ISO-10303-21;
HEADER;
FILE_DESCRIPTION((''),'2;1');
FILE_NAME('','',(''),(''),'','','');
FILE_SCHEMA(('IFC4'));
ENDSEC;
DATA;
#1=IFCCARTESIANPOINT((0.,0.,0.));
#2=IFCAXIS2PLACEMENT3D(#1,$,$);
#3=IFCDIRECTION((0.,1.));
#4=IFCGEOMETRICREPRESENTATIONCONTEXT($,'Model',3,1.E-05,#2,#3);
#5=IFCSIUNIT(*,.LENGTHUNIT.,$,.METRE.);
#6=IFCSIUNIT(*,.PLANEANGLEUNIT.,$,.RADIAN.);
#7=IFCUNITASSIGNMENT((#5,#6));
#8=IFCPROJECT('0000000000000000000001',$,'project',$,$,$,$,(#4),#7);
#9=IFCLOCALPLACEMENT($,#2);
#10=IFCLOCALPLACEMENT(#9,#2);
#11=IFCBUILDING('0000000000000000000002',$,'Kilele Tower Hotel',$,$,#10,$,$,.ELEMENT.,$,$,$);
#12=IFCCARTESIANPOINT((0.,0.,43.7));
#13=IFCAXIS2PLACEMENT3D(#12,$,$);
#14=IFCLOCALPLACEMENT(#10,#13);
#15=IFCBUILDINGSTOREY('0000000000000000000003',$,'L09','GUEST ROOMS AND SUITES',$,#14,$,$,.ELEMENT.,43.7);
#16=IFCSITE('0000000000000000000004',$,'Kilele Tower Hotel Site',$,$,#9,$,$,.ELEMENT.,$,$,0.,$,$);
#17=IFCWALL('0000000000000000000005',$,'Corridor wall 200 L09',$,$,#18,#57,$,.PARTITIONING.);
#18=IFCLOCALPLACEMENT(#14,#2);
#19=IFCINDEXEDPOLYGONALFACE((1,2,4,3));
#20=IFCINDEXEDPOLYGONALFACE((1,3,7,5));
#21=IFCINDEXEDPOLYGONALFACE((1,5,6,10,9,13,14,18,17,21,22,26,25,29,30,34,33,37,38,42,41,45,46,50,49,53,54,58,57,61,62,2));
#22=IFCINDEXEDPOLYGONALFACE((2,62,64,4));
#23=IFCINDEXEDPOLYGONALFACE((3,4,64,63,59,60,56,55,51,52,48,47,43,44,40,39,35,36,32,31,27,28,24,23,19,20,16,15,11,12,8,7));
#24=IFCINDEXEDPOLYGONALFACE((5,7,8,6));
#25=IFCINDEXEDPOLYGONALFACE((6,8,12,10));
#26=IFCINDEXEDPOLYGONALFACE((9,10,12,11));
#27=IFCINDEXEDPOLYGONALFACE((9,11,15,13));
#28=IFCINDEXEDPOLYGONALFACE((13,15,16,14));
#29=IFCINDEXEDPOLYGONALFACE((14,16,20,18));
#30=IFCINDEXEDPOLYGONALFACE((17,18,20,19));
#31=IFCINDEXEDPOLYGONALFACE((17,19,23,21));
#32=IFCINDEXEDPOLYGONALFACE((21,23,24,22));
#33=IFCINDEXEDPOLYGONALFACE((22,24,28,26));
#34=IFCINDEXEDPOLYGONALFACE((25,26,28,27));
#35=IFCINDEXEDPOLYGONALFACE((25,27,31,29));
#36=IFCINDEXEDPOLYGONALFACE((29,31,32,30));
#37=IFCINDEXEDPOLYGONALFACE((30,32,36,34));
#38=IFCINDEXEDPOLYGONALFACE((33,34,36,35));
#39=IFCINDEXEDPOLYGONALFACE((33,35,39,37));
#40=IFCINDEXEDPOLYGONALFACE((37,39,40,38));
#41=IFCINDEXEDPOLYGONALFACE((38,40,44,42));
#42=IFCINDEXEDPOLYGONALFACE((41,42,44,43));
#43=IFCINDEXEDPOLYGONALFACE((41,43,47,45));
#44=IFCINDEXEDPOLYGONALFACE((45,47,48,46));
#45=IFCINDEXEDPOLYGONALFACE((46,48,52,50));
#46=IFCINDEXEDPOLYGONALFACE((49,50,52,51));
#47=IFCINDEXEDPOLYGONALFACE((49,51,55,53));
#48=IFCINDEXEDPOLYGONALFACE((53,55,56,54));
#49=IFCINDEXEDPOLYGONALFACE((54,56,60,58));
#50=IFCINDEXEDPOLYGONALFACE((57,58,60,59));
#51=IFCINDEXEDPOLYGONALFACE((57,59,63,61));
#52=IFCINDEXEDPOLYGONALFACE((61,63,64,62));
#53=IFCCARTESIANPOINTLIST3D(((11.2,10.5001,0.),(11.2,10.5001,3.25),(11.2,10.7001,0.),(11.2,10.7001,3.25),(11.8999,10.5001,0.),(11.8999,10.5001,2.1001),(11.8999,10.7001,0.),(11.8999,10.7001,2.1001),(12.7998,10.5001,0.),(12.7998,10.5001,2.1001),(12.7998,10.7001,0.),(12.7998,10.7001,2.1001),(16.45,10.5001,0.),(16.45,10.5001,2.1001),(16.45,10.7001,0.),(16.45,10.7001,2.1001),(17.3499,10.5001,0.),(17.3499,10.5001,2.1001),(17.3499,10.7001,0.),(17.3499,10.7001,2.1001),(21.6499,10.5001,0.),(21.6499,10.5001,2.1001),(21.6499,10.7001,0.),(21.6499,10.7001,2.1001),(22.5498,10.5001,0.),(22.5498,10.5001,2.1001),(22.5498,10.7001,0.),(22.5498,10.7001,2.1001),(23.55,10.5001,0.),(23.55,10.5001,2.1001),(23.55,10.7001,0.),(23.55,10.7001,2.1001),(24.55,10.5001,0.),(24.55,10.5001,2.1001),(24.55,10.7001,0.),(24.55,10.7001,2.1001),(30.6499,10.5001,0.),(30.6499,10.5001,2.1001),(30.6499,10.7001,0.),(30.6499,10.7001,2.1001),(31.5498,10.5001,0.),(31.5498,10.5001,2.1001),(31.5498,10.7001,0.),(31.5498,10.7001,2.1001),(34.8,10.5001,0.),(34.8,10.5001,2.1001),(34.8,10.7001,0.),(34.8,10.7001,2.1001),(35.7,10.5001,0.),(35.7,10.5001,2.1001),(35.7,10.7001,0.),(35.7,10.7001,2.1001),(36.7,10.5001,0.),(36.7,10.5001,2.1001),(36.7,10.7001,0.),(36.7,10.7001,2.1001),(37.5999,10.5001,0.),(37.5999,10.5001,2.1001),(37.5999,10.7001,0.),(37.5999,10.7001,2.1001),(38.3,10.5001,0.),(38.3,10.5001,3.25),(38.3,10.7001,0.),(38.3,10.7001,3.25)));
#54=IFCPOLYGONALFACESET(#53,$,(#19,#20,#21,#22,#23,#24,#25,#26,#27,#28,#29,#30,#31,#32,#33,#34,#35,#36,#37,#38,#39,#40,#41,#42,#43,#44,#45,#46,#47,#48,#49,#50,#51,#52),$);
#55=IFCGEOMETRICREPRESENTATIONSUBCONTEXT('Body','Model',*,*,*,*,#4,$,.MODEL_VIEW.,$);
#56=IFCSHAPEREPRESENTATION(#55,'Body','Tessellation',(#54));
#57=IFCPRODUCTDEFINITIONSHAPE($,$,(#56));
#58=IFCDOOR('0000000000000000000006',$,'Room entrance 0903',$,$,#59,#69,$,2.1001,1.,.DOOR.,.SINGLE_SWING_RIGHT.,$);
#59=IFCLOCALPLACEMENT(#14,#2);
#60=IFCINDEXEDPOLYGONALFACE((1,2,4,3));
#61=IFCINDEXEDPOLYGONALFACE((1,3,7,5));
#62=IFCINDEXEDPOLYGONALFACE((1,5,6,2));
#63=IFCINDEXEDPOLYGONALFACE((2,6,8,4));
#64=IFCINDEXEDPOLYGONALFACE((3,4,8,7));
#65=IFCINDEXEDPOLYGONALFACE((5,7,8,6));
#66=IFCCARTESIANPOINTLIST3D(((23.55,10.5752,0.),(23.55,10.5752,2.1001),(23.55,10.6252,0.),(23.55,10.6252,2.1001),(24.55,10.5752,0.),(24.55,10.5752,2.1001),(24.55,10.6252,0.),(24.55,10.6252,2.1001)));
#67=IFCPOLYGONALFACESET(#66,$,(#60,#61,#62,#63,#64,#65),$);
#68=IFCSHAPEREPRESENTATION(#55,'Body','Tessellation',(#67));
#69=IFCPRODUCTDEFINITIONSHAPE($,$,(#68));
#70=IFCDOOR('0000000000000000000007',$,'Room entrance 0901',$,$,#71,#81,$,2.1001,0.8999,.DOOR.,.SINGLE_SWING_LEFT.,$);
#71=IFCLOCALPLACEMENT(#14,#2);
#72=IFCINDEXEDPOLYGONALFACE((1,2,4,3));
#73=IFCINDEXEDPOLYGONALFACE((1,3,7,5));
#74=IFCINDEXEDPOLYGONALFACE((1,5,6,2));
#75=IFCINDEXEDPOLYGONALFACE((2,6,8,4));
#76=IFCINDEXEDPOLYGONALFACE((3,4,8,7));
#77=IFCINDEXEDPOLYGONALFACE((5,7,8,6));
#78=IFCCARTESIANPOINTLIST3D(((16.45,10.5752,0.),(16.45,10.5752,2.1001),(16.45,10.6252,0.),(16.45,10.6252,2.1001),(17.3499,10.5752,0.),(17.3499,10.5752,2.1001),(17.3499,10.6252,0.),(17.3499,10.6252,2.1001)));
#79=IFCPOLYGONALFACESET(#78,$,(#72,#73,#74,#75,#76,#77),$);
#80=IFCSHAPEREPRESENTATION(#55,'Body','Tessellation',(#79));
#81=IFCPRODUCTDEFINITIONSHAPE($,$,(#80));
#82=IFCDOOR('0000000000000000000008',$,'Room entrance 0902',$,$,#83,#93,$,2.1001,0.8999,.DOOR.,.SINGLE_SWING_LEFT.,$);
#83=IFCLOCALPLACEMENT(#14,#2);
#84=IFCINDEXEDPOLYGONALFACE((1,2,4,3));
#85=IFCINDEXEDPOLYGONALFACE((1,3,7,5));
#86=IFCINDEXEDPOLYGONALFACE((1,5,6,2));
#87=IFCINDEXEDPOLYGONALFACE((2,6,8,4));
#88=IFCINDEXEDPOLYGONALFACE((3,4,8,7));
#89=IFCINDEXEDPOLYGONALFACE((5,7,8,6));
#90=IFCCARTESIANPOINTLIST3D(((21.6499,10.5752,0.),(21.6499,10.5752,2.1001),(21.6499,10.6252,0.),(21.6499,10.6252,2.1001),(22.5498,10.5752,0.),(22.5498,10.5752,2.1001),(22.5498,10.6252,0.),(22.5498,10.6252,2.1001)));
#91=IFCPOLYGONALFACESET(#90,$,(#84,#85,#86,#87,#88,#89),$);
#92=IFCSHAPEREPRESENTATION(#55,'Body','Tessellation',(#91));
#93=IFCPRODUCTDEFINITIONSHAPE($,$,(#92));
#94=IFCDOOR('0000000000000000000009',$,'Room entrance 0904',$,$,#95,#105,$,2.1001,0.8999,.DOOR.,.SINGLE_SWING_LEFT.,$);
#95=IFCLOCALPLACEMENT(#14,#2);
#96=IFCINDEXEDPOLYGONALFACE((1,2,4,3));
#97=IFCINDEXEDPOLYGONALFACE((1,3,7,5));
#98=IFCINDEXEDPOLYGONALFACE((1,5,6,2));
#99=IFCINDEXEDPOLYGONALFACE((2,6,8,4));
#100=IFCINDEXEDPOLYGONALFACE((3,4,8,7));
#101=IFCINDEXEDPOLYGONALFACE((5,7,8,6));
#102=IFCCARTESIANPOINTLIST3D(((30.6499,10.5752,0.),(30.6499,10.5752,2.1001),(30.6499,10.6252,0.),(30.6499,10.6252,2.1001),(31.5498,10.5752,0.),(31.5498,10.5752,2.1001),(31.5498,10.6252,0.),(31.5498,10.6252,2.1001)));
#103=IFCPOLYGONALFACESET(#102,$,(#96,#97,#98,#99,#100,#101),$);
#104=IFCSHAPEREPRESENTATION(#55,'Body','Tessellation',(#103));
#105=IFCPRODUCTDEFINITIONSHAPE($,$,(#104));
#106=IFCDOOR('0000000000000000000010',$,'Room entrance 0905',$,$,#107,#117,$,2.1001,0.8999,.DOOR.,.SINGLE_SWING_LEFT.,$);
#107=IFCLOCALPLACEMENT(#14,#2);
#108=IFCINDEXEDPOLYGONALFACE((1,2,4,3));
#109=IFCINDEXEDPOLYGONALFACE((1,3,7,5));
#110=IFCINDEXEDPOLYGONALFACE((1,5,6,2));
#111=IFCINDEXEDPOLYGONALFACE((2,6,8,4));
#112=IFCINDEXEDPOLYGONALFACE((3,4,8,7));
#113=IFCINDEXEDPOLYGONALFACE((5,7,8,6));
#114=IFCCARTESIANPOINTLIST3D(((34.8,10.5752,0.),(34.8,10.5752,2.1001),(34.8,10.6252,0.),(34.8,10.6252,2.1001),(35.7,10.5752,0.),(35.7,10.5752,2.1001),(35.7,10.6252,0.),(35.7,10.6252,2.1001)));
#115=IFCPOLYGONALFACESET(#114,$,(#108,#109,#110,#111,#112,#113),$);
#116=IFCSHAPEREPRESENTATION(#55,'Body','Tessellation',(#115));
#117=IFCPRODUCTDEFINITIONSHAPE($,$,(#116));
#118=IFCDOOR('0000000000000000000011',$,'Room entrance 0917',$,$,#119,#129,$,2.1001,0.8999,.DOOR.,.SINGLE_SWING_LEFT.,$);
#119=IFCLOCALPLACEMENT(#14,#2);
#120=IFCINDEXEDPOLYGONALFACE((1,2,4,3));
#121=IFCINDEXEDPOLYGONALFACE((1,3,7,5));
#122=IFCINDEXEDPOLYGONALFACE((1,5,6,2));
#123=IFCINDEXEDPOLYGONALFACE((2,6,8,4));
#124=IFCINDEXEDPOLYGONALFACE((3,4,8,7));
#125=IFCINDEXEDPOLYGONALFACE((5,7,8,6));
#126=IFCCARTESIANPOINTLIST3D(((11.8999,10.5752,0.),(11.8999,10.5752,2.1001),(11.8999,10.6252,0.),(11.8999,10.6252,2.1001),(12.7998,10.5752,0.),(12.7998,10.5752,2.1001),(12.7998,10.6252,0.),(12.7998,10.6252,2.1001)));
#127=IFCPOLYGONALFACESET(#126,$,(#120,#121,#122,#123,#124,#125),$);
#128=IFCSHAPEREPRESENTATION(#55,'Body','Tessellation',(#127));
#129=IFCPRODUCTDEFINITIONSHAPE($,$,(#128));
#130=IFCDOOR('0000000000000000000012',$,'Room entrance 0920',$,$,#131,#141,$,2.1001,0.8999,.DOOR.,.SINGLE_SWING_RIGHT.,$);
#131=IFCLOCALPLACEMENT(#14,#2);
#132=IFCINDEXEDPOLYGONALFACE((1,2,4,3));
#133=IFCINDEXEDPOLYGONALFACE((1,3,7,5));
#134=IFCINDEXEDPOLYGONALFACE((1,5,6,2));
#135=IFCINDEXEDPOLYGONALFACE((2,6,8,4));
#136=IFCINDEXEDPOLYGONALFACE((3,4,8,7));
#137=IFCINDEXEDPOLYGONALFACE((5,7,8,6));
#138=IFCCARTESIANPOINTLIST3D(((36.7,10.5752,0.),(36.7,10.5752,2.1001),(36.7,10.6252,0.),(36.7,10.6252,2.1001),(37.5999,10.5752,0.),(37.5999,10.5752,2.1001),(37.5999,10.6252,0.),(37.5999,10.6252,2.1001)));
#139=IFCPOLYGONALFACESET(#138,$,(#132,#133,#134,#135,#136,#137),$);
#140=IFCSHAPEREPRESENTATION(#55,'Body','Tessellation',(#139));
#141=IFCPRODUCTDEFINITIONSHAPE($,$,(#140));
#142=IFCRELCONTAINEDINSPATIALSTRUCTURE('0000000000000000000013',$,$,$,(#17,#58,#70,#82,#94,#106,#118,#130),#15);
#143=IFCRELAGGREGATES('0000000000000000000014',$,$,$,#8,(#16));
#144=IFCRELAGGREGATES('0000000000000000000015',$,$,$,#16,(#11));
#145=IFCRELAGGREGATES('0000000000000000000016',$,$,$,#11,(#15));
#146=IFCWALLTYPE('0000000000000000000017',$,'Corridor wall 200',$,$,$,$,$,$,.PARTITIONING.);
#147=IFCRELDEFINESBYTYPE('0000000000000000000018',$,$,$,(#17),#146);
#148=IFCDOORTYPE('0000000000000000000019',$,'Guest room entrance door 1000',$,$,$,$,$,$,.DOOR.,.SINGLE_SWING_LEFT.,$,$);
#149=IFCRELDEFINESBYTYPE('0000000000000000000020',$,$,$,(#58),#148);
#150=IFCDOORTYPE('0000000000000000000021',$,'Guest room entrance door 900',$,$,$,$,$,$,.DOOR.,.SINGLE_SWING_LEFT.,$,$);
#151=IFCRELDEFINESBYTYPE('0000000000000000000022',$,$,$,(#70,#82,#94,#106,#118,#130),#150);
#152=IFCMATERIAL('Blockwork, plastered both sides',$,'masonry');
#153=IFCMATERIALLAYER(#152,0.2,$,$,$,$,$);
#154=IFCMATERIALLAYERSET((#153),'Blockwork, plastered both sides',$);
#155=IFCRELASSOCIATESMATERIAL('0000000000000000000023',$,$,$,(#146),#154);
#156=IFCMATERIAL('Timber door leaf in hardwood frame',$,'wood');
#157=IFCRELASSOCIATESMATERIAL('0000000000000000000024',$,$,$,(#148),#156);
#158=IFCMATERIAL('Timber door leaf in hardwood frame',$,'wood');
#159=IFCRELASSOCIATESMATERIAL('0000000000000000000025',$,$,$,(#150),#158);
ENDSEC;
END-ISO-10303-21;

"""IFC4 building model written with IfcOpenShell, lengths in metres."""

from ifc_helpers import new_model, si_unit, direction, frame, frame_2d, origin, place, context, subcontext, project, spatial, rectangle, extrude, material, layer, layer_set, type_object, element, fill, save


model = new_model("IFC4")

# Units and contexts
model_context = context("Model", 3, precision=1e-05, world=origin(), true_north=direction((0.0, 1.0)))
body_context = subcontext(model_context, "Body", "Model", "MODEL_VIEW")
ifc_project = project(units=[si_unit("LENGTHUNIT", "METRE"), si_unit("PLANEANGLEUNIT", "RADIAN")], contexts=[model_context])

# Site, building, storey
site_placement = place(None, origin())
site = spatial("IfcSite", under=ifc_project, at=site_placement, Name="Kilele Tower Hotel Site", CompositionType="ELEMENT", RefElevation=0.0)
building_placement = place(site_placement, origin())
building = spatial("IfcBuilding", under=site, at=building_placement, Name="Kilele Tower Hotel", CompositionType="ELEMENT")
storey_placement = place(building_placement, frame((0.0, 0.0, 43.7)))
storey = spatial("IfcBuildingStorey", under=building, at=storey_placement, Name="L09", Description="GUEST ROOMS AND SUITES", CompositionType="ELEMENT", Elevation=43.7)

# Wall, openings, doors
ifc_material_1 = material(Name="Blockwork, plastered both sides", Category="masonry")
ifc_layer_1 = layer(ifc_material_1, 0.2)
ifc_layer_set_1 = layer_set([ifc_layer_1], Name="Blockwork, plastered both sides")
wall_type_1 = type_object("IfcWallType", Name="Corridor wall 200", PredefinedType="PARTITIONING", material=ifc_layer_set_1)
wall_1_placement = place(storey_placement, frame((11.2, 10.6001, 0.0), z_axis=(0.0, 0.0, 1.0), x_axis=(1.0, 0.0, 0.0)))
wall_1 = element("IfcWall", 1, at=wall_1_placement, inside=storey, type_object=wall_type_1, Name="Corridor wall 200 L09", PredefinedType="PARTITIONING", context=body_context, shape_type="SweptSolid", body=[
    extrude(rectangle(XDim=27.1001, YDim=0.2, at=frame_2d((13.55, 0.0))), origin(), (0.0, 0.0, 1.0), 3.25),
])
opening_1_placement = place(wall_1_placement, frame((6.1499, 0.0, 0.0), z_axis=(0.0, 0.0, 1.0), x_axis=(-1.0, 0.0, 0.0)))
opening_1 = element("IfcOpeningElement", 2, at=opening_1_placement, cuts=wall_1, PredefinedType="OPENING", context=body_context, shape_type="SweptSolid", body=[
    extrude(rectangle(XDim=0.8999, YDim=2.1001, at=frame_2d((0.45, 1.05))), frame((0.0, 0.1099, 0.0), z_axis=(0.0, -1.0, 0.0), x_axis=(1.0, 0.0, 0.0)), (0.0, 0.0, 1.0), 0.22),
])
opening_2_placement = place(wall_1_placement, frame((11.3499, 0.0, 0.0), z_axis=(0.0, 0.0, 1.0), x_axis=(-1.0, 0.0, 0.0)))
opening_2 = element("IfcOpeningElement", 3, at=opening_2_placement, cuts=wall_1, PredefinedType="OPENING", context=body_context, shape_type="SweptSolid", body=[
    extrude(rectangle(XDim=0.8999, YDim=2.1001, at=frame_2d((0.45, 1.05))), frame((0.0, 0.1099, 0.0), z_axis=(0.0, -1.0, 0.0), x_axis=(1.0, 0.0, 0.0)), (0.0, 0.0, 1.0), 0.22),
])
opening_3_placement = place(wall_1_placement, frame((13.3501, 0.0, 0.0), z_axis=(0.0, 0.0, 1.0), x_axis=(-1.0, 0.0, 0.0)))
opening_3 = element("IfcOpeningElement", 4, at=opening_3_placement, cuts=wall_1, PredefinedType="OPENING", context=body_context, shape_type="SweptSolid", body=[
    extrude(rectangle(XDim=1.0, YDim=2.1001, at=frame_2d((0.5, 1.05))), frame((0.0, 0.1099, 0.0), z_axis=(0.0, -1.0, 0.0), x_axis=(1.0, 0.0, 0.0)), (0.0, 0.0, 1.0), 0.22),
])
opening_4_placement = place(wall_1_placement, frame((20.3499, 0.0, 0.0), z_axis=(0.0, 0.0, 1.0), x_axis=(-1.0, 0.0, 0.0)))
opening_4 = element("IfcOpeningElement", 5, at=opening_4_placement, cuts=wall_1, PredefinedType="OPENING", context=body_context, shape_type="SweptSolid", body=[
    extrude(rectangle(XDim=0.8999, YDim=2.1001, at=frame_2d((0.45, 1.05))), frame((0.0, 0.1099, 0.0), z_axis=(0.0, -1.0, 0.0), x_axis=(1.0, 0.0, 0.0)), (0.0, 0.0, 1.0), 0.22),
])
opening_5_placement = place(wall_1_placement, frame((24.5, 0.0, 0.0), z_axis=(0.0, 0.0, 1.0), x_axis=(-1.0, 0.0, 0.0)))
opening_5 = element("IfcOpeningElement", 6, at=opening_5_placement, cuts=wall_1, PredefinedType="OPENING", context=body_context, shape_type="SweptSolid", body=[
    extrude(rectangle(XDim=0.8999, YDim=2.1001, at=frame_2d((0.45, 1.05))), frame((0.0, 0.1099, 0.0), z_axis=(0.0, -1.0, 0.0), x_axis=(1.0, 0.0, 0.0)), (0.0, 0.0, 1.0), 0.22),
])
opening_6_placement = place(wall_1_placement, frame((1.5999, 0.0, 0.0), z_axis=(0.0, 0.0, 1.0), x_axis=(-1.0, 0.0, 0.0)))
opening_6 = element("IfcOpeningElement", 7, at=opening_6_placement, cuts=wall_1, PredefinedType="OPENING", context=body_context, shape_type="SweptSolid", body=[
    extrude(rectangle(XDim=0.8999, YDim=2.1001, at=frame_2d((0.45, 1.05))), frame((0.0, 0.1099, 0.0), z_axis=(0.0, -1.0, 0.0), x_axis=(1.0, 0.0, 0.0)), (0.0, 0.0, 1.0), 0.22),
])
opening_7_placement = place(wall_1_placement, frame((26.3999, 0.0, 0.0), z_axis=(0.0, 0.0, 1.0), x_axis=(-1.0, 0.0, 0.0)))
opening_7 = element("IfcOpeningElement", 8, at=opening_7_placement, cuts=wall_1, PredefinedType="OPENING", context=body_context, shape_type="SweptSolid", body=[
    extrude(rectangle(XDim=0.8999, YDim=2.1001, at=frame_2d((0.45, 1.05))), frame((0.0, 0.1099, 0.0), z_axis=(0.0, -1.0, 0.0), x_axis=(1.0, 0.0, 0.0)), (0.0, 0.0, 1.0), 0.22),
])
ifc_material_2 = material(Name="Timber door leaf in hardwood frame", Category="wood")
door_type_1 = type_object("IfcDoorType", Name="Guest room entrance door 1000", OperationType="SINGLE_SWING_LEFT", PredefinedType="DOOR", material=ifc_material_2)
door_1_placement = place(opening_3_placement, origin())
door_1 = element("IfcDoor", 9, at=door_1_placement, inside=storey, type_object=door_type_1, Name="Room entrance 0903", OperationType="SINGLE_SWING_RIGHT", OverallHeight=2.1001, OverallWidth=1.0, PredefinedType="DOOR", context=body_context, shape_type="SweptSolid", body=[
    extrude(rectangle(XDim=1.0, YDim=2.1001, at=frame_2d((0.5, 1.05))), frame((0.0, 0.0249, 0.0), z_axis=(0.0, -1.0, 0.0), x_axis=(1.0, 0.0, 0.0)), (0.0, 0.0, 1.0), 0.05),
])
fill(opening_3, door_1)
ifc_material_3 = material(Name="Timber door leaf in hardwood frame", Category="wood")
door_type_2 = type_object("IfcDoorType", Name="Guest room entrance door 900", OperationType="SINGLE_SWING_LEFT", PredefinedType="DOOR", material=ifc_material_3)
door_2_placement = place(opening_1_placement, origin())
door_2 = element("IfcDoor", 10, at=door_2_placement, inside=storey, type_object=door_type_2, Name="Room entrance 0901", OperationType="SINGLE_SWING_LEFT", OverallHeight=2.1001, OverallWidth=0.8999, PredefinedType="DOOR", context=body_context, shape_type="SweptSolid", body=[
    extrude(rectangle(XDim=0.8999, YDim=2.1001, at=frame_2d((0.45, 1.05))), frame((0.0, 0.0249, 0.0), z_axis=(0.0, -1.0, 0.0), x_axis=(1.0, 0.0, 0.0)), (0.0, 0.0, 1.0), 0.05),
])
fill(opening_1, door_2)
door_3_placement = place(opening_2_placement, origin())
door_3 = element("IfcDoor", 11, at=door_3_placement, inside=storey, type_object=door_type_2, Name="Room entrance 0902", OperationType="SINGLE_SWING_LEFT", OverallHeight=2.1001, OverallWidth=0.8999, PredefinedType="DOOR", context=body_context, shape_type="SweptSolid", body=[
    extrude(rectangle(XDim=0.8999, YDim=2.1001, at=frame_2d((0.45, 1.05))), frame((0.0, 0.0249, 0.0), z_axis=(0.0, -1.0, 0.0), x_axis=(1.0, 0.0, 0.0)), (0.0, 0.0, 1.0), 0.05),
])
fill(opening_2, door_3)
door_4_placement = place(opening_4_placement, origin())
door_4 = element("IfcDoor", 12, at=door_4_placement, inside=storey, type_object=door_type_2, Name="Room entrance 0904", OperationType="SINGLE_SWING_LEFT", OverallHeight=2.1001, OverallWidth=0.8999, PredefinedType="DOOR", context=body_context, shape_type="SweptSolid", body=[
    extrude(rectangle(XDim=0.8999, YDim=2.1001, at=frame_2d((0.45, 1.05))), frame((0.0, 0.0249, 0.0), z_axis=(0.0, -1.0, 0.0), x_axis=(1.0, 0.0, 0.0)), (0.0, 0.0, 1.0), 0.05),
])
fill(opening_4, door_4)
door_5_placement = place(opening_5_placement, origin())
door_5 = element("IfcDoor", 13, at=door_5_placement, inside=storey, type_object=door_type_2, Name="Room entrance 0905", OperationType="SINGLE_SWING_LEFT", OverallHeight=2.1001, OverallWidth=0.8999, PredefinedType="DOOR", context=body_context, shape_type="SweptSolid", body=[
    extrude(rectangle(XDim=0.8999, YDim=2.1001, at=frame_2d((0.45, 1.05))), frame((0.0, 0.0249, 0.0), z_axis=(0.0, -1.0, 0.0), x_axis=(1.0, 0.0, 0.0)), (0.0, 0.0, 1.0), 0.05),
])
fill(opening_5, door_5)
door_6_placement = place(opening_6_placement, origin())
door_6 = element("IfcDoor", 14, at=door_6_placement, inside=storey, type_object=door_type_2, Name="Room entrance 0917", OperationType="SINGLE_SWING_LEFT", OverallHeight=2.1001, OverallWidth=0.8999, PredefinedType="DOOR", context=body_context, shape_type="SweptSolid", body=[
    extrude(rectangle(XDim=0.8999, YDim=2.1001, at=frame_2d((0.45, 1.05))), frame((0.0, 0.0249, 0.0), z_axis=(0.0, -1.0, 0.0), x_axis=(1.0, 0.0, 0.0)), (0.0, 0.0, 1.0), 0.05),
])
fill(opening_6, door_6)
door_7_placement = place(opening_7_placement, origin())
door_7 = element("IfcDoor", 15, at=door_7_placement, inside=storey, type_object=door_type_2, Name="Room entrance 0920", OperationType="SINGLE_SWING_RIGHT", OverallHeight=2.1001, OverallWidth=0.8999, PredefinedType="DOOR", context=body_context, shape_type="SweptSolid", body=[
    extrude(rectangle(XDim=0.8999, YDim=2.1001, at=frame_2d((0.45, 1.05))), frame((0.0, 0.0249, 0.0), z_axis=(0.0, -1.0, 0.0), x_axis=(1.0, 0.0, 0.0)), (0.0, 0.0, 1.0), 0.05),
])
fill(opening_7, door_7)

save(model, "model.ifc")
